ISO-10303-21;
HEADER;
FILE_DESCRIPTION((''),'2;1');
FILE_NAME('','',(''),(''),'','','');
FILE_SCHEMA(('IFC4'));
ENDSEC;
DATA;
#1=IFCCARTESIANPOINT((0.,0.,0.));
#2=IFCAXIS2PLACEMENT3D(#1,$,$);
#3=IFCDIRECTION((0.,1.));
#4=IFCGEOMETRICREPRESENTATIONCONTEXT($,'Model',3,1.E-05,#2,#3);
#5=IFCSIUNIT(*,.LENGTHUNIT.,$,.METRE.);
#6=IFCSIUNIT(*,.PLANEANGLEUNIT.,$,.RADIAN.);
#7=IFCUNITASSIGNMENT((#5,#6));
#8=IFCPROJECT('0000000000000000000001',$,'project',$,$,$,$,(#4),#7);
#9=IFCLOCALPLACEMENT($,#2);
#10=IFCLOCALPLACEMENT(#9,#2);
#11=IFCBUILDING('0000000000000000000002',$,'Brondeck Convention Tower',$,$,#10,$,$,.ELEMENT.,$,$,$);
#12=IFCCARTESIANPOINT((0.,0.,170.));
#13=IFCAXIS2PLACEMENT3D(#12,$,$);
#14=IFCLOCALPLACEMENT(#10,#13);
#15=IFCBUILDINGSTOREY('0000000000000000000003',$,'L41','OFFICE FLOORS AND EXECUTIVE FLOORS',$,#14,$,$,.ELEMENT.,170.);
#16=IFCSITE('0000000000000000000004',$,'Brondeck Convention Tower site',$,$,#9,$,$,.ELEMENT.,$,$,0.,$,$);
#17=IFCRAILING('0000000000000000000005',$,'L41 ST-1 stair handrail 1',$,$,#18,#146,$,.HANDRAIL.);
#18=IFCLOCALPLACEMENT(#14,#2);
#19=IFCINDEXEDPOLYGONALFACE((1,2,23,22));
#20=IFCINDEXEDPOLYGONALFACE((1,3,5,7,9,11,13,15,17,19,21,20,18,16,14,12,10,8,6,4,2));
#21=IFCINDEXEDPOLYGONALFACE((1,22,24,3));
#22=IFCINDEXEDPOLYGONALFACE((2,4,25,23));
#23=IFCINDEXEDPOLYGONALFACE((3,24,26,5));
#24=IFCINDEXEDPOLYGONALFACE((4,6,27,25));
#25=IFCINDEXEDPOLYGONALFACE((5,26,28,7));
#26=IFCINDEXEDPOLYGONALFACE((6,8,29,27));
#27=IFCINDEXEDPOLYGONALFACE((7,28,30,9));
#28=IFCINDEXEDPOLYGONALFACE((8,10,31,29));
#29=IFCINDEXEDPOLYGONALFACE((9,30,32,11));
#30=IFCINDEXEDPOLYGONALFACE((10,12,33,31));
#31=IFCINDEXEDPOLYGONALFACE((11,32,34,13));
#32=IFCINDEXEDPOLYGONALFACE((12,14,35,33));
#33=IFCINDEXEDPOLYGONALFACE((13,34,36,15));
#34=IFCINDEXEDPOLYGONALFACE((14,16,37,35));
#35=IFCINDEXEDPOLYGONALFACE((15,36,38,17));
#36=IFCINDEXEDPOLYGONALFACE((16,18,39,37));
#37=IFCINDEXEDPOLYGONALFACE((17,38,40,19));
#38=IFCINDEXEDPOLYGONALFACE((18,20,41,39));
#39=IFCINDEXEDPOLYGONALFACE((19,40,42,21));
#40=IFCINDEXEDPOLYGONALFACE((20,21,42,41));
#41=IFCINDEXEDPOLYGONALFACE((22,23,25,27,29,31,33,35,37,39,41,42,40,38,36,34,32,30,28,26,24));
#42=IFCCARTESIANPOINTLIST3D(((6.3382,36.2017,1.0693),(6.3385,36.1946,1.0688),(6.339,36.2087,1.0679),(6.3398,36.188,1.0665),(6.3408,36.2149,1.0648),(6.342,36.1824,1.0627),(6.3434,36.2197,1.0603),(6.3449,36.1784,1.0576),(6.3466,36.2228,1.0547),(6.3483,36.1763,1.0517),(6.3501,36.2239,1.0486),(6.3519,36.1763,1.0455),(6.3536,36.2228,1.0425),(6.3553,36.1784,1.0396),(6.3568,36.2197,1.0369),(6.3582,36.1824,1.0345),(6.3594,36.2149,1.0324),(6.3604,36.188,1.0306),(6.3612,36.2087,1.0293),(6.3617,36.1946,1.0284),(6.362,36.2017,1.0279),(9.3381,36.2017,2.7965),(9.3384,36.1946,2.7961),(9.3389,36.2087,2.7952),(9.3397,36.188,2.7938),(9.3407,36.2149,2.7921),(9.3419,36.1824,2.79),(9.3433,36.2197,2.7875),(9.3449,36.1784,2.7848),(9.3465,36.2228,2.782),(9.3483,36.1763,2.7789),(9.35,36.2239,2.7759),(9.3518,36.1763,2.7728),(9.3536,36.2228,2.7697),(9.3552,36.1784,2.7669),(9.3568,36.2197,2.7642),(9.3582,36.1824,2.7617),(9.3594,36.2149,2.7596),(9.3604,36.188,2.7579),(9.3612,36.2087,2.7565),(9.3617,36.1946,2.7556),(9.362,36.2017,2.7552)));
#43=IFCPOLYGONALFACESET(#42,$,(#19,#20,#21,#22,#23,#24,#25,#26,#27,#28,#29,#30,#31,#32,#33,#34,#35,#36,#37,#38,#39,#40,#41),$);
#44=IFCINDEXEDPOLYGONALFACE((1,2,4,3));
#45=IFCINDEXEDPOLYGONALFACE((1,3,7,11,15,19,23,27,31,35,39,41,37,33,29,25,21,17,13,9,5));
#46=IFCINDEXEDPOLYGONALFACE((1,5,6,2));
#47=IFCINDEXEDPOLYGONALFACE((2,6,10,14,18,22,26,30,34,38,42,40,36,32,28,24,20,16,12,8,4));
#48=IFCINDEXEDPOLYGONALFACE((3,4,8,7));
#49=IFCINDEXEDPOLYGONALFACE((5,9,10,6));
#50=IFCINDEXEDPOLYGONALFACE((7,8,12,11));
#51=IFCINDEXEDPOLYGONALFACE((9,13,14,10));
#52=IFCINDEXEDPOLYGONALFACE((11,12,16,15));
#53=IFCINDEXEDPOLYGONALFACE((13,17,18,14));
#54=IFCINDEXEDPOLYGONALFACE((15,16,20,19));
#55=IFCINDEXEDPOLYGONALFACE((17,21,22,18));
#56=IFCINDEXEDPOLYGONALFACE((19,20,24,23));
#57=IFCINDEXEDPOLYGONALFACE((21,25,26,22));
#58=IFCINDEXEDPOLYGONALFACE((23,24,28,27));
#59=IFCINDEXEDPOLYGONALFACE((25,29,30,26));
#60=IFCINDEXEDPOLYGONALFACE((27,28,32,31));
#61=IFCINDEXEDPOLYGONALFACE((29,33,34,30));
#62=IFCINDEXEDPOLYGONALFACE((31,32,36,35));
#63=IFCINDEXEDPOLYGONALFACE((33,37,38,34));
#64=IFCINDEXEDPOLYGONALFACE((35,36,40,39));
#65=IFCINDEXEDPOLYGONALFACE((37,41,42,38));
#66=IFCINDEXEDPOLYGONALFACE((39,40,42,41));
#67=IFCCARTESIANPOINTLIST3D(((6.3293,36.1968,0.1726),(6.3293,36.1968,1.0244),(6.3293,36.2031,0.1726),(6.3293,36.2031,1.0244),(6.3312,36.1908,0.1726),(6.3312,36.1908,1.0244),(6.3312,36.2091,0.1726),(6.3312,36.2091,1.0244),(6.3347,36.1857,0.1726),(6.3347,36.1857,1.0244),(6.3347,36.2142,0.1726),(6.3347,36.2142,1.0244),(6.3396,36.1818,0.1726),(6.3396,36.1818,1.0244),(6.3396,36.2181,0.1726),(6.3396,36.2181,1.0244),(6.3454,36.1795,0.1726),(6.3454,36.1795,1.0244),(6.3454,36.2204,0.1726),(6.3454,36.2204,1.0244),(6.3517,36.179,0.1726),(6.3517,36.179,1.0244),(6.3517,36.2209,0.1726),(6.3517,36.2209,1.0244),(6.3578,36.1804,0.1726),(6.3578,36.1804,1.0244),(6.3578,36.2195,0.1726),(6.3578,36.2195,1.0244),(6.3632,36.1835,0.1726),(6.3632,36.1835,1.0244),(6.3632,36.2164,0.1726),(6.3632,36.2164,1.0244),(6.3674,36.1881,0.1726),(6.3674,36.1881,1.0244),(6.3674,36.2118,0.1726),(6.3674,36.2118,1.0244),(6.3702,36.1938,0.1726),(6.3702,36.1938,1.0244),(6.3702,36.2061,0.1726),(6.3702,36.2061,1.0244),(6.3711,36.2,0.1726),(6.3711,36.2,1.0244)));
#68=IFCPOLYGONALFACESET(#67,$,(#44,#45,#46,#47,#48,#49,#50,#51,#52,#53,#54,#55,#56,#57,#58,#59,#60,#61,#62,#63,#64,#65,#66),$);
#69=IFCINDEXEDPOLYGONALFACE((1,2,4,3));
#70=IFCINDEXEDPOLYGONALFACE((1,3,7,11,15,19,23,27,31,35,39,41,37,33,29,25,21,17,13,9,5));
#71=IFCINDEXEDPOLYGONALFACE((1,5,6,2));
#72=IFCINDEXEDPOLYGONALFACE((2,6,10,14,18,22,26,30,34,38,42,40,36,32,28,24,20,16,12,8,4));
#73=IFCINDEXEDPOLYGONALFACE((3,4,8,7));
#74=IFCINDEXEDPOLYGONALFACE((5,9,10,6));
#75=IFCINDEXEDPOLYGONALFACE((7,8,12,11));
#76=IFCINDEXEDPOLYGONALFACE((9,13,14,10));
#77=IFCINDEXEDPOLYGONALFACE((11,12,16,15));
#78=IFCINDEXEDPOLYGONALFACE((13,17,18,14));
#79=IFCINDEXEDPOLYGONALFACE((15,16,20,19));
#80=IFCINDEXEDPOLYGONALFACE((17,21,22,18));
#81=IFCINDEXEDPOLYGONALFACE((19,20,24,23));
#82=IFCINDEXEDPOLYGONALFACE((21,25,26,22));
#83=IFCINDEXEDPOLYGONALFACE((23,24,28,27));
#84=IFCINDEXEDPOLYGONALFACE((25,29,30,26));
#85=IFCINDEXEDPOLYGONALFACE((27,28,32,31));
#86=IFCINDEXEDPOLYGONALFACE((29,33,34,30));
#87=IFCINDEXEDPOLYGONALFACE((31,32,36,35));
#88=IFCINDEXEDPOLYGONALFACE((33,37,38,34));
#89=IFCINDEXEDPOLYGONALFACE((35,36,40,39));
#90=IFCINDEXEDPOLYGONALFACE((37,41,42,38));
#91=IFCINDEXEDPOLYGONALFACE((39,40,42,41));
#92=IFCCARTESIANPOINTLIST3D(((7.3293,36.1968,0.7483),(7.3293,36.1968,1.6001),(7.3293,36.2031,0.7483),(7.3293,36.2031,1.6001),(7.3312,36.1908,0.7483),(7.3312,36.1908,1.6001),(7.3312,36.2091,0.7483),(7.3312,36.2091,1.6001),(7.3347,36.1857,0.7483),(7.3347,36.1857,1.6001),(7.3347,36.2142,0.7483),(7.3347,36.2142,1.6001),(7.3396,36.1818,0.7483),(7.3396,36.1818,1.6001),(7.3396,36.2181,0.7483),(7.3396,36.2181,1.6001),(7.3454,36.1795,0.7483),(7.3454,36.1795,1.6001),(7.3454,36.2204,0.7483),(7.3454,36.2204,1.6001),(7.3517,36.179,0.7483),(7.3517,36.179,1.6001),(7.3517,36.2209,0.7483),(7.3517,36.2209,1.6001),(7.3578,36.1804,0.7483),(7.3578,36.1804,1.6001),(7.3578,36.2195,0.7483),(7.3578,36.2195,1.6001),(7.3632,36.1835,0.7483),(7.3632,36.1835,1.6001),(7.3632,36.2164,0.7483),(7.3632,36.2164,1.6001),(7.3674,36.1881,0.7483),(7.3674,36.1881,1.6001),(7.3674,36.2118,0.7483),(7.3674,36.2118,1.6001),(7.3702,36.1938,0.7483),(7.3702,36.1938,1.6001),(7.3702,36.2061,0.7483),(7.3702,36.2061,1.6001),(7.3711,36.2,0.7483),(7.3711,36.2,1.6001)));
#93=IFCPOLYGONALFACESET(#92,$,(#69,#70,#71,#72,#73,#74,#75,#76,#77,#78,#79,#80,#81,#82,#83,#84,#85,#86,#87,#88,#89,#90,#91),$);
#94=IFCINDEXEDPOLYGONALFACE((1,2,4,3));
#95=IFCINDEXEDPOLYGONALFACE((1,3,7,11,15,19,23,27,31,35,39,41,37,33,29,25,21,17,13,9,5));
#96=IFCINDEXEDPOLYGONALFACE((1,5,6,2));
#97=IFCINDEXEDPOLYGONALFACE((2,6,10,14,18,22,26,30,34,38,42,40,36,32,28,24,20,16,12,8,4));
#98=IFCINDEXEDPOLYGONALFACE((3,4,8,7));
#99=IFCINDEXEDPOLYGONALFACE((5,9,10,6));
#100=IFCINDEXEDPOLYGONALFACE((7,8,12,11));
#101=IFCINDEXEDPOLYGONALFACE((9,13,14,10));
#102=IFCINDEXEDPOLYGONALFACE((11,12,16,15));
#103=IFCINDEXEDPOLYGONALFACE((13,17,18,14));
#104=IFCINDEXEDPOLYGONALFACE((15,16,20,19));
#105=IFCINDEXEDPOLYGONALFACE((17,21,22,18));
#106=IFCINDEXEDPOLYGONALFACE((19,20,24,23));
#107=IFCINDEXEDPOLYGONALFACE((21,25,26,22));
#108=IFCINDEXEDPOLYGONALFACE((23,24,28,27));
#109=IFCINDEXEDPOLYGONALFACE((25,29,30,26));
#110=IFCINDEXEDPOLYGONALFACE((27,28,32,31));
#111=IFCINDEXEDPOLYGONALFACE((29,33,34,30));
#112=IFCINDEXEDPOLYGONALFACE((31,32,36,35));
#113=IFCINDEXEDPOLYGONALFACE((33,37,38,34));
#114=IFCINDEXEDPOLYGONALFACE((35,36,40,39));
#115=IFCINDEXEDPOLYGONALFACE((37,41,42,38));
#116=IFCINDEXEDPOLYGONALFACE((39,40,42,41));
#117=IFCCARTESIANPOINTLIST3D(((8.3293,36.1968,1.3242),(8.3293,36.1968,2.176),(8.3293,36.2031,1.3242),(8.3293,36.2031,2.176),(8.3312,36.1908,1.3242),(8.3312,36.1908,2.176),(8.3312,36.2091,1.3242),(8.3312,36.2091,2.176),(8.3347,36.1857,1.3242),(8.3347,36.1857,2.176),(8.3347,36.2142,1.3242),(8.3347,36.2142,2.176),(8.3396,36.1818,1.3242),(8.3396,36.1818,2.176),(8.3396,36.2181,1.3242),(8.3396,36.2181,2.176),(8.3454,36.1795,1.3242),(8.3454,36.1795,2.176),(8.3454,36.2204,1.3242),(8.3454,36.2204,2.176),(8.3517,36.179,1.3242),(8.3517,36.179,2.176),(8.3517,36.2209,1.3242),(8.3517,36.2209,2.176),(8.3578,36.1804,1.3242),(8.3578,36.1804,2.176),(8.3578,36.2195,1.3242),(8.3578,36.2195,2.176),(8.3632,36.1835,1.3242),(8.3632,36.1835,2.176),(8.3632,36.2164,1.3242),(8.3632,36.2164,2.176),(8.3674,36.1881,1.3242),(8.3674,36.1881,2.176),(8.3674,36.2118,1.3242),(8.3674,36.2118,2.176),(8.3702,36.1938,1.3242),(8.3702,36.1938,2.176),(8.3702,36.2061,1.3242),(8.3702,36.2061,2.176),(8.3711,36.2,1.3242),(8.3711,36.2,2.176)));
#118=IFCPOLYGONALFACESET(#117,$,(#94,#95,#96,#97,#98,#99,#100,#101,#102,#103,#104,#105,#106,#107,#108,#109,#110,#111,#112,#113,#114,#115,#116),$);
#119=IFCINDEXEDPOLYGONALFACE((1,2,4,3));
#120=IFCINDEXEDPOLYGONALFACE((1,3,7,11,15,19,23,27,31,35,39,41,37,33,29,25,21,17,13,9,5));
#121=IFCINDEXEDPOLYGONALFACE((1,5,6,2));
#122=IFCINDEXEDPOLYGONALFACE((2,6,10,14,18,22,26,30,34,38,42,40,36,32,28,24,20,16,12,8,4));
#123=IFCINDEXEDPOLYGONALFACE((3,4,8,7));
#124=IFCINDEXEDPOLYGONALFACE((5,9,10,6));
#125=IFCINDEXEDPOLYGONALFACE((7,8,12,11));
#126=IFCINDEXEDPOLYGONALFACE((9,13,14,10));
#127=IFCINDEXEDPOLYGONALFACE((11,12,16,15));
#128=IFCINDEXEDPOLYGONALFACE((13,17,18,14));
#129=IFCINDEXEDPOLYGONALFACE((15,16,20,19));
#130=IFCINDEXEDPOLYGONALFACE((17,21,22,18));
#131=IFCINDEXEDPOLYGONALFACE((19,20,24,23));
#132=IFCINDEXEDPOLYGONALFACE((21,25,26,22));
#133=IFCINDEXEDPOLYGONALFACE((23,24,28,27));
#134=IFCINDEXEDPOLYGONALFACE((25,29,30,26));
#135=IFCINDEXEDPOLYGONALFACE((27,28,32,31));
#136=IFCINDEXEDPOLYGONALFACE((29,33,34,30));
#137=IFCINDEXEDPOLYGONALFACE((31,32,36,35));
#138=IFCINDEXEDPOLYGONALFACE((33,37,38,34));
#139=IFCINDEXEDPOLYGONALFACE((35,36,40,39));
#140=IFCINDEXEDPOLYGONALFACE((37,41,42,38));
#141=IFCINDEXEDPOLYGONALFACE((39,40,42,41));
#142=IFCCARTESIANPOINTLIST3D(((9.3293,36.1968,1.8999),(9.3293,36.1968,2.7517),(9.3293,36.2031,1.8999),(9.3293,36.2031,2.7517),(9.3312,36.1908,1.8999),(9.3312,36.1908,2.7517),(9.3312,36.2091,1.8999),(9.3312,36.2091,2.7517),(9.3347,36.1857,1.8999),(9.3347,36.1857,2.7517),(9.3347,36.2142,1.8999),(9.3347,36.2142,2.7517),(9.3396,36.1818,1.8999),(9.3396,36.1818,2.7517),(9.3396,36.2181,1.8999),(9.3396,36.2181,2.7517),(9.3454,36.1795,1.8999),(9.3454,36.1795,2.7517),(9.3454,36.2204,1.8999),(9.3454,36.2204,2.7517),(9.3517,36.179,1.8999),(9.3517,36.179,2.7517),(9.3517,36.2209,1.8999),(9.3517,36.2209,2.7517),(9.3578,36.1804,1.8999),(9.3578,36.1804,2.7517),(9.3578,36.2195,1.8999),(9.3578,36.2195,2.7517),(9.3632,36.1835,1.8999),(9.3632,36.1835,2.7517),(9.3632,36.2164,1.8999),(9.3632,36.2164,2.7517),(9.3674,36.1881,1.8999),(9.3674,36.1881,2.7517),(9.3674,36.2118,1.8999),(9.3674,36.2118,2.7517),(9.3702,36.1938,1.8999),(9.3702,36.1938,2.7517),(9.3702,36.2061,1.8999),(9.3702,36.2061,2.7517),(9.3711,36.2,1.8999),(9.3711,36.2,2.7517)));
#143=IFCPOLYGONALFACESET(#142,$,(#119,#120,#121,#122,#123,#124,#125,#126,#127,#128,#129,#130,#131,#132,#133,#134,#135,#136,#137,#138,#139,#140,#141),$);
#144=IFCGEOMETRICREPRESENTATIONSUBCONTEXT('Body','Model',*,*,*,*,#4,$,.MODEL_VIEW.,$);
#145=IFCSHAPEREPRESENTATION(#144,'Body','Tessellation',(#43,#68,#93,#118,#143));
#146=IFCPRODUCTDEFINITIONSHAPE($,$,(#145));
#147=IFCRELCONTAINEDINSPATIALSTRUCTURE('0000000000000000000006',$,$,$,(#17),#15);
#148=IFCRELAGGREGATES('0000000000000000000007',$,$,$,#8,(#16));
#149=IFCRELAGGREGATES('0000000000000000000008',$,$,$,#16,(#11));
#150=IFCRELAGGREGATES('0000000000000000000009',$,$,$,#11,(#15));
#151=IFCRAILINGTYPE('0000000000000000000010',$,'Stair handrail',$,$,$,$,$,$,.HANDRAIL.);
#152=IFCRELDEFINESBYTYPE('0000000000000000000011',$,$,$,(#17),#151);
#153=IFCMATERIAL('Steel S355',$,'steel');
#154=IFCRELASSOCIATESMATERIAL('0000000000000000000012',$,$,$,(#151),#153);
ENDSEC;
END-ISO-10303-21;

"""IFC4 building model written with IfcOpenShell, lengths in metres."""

from ifc_helpers import new_model, si_unit, direction, frame, origin, origin_2d, place, context, subcontext, project, spatial, circle, extrude, material, type_object, element, save


model = new_model("IFC4")

# Units and contexts
model_context = context("Model", 3, precision=1e-05, world=origin(), true_north=direction((0.0, 1.0)))
body_context = subcontext(model_context, "Body", "Model", "MODEL_VIEW")
ifc_project = project(units=[si_unit("LENGTHUNIT", "METRE"), si_unit("PLANEANGLEUNIT", "RADIAN")], contexts=[model_context])

# Site, building, storey
site_placement = place(None, origin())
site = spatial("IfcSite", under=ifc_project, at=site_placement, Name="Brondeck Convention Tower site", CompositionType="ELEMENT", RefElevation=0.0)
building_placement = place(site_placement, origin())
building = spatial("IfcBuilding", under=site, at=building_placement, Name="Brondeck Convention Tower", CompositionType="ELEMENT")
storey_placement = place(building_placement, frame((0.0, 0.0, 170.0)))
storey = spatial("IfcBuildingStorey", under=building, at=storey_placement, Name="L41", Description="OFFICE FLOORS AND EXECUTIVE FLOORS", CompositionType="ELEMENT", Elevation=170.0)

# Railing
ifc_material_1 = material(Name="Steel S355", Category="steel")
railing_type_1 = type_object("IfcRailingType", Name="Stair handrail", PredefinedType="HANDRAIL", material=ifc_material_1)
railing_1_placement = place(storey_placement, frame((6.3501, 36.2, 0.1726)))
element("IfcRailing", 1, at=railing_1_placement, inside=storey, type_object=railing_type_1, Name="L41 ST-1 stair handrail 1", PredefinedType="HANDRAIL", context=body_context, shape_type="SweptSolid", body=[
    extrude(circle(Radius=0.0239, at=origin_2d()), frame((0.0, 0.0, 0.876), z_axis=(0.86662, 0.0, 0.498969), x_axis=(0.0, 1.0, 0.0)), (0.0, 0.0, 1.0), 3.4617),
    extrude(circle(Radius=0.021, at=origin_2d()), origin(), (0.0, 0.0, 1.0), 0.8518),
    extrude(circle(Radius=0.021, at=origin_2d()), frame((1.0, 0.0, 0.5757)), (0.0, 0.0, 1.0), 0.8518),
    extrude(circle(Radius=0.021, at=origin_2d()), frame((2.0, 0.0, 1.1516)), (0.0, 0.0, 1.0), 0.8518),
    extrude(circle(Radius=0.021, at=origin_2d()), frame((3.0, 0.0, 1.7273)), (0.0, 0.0, 1.0), 0.8518),
])

save(model, "model.ifc")
